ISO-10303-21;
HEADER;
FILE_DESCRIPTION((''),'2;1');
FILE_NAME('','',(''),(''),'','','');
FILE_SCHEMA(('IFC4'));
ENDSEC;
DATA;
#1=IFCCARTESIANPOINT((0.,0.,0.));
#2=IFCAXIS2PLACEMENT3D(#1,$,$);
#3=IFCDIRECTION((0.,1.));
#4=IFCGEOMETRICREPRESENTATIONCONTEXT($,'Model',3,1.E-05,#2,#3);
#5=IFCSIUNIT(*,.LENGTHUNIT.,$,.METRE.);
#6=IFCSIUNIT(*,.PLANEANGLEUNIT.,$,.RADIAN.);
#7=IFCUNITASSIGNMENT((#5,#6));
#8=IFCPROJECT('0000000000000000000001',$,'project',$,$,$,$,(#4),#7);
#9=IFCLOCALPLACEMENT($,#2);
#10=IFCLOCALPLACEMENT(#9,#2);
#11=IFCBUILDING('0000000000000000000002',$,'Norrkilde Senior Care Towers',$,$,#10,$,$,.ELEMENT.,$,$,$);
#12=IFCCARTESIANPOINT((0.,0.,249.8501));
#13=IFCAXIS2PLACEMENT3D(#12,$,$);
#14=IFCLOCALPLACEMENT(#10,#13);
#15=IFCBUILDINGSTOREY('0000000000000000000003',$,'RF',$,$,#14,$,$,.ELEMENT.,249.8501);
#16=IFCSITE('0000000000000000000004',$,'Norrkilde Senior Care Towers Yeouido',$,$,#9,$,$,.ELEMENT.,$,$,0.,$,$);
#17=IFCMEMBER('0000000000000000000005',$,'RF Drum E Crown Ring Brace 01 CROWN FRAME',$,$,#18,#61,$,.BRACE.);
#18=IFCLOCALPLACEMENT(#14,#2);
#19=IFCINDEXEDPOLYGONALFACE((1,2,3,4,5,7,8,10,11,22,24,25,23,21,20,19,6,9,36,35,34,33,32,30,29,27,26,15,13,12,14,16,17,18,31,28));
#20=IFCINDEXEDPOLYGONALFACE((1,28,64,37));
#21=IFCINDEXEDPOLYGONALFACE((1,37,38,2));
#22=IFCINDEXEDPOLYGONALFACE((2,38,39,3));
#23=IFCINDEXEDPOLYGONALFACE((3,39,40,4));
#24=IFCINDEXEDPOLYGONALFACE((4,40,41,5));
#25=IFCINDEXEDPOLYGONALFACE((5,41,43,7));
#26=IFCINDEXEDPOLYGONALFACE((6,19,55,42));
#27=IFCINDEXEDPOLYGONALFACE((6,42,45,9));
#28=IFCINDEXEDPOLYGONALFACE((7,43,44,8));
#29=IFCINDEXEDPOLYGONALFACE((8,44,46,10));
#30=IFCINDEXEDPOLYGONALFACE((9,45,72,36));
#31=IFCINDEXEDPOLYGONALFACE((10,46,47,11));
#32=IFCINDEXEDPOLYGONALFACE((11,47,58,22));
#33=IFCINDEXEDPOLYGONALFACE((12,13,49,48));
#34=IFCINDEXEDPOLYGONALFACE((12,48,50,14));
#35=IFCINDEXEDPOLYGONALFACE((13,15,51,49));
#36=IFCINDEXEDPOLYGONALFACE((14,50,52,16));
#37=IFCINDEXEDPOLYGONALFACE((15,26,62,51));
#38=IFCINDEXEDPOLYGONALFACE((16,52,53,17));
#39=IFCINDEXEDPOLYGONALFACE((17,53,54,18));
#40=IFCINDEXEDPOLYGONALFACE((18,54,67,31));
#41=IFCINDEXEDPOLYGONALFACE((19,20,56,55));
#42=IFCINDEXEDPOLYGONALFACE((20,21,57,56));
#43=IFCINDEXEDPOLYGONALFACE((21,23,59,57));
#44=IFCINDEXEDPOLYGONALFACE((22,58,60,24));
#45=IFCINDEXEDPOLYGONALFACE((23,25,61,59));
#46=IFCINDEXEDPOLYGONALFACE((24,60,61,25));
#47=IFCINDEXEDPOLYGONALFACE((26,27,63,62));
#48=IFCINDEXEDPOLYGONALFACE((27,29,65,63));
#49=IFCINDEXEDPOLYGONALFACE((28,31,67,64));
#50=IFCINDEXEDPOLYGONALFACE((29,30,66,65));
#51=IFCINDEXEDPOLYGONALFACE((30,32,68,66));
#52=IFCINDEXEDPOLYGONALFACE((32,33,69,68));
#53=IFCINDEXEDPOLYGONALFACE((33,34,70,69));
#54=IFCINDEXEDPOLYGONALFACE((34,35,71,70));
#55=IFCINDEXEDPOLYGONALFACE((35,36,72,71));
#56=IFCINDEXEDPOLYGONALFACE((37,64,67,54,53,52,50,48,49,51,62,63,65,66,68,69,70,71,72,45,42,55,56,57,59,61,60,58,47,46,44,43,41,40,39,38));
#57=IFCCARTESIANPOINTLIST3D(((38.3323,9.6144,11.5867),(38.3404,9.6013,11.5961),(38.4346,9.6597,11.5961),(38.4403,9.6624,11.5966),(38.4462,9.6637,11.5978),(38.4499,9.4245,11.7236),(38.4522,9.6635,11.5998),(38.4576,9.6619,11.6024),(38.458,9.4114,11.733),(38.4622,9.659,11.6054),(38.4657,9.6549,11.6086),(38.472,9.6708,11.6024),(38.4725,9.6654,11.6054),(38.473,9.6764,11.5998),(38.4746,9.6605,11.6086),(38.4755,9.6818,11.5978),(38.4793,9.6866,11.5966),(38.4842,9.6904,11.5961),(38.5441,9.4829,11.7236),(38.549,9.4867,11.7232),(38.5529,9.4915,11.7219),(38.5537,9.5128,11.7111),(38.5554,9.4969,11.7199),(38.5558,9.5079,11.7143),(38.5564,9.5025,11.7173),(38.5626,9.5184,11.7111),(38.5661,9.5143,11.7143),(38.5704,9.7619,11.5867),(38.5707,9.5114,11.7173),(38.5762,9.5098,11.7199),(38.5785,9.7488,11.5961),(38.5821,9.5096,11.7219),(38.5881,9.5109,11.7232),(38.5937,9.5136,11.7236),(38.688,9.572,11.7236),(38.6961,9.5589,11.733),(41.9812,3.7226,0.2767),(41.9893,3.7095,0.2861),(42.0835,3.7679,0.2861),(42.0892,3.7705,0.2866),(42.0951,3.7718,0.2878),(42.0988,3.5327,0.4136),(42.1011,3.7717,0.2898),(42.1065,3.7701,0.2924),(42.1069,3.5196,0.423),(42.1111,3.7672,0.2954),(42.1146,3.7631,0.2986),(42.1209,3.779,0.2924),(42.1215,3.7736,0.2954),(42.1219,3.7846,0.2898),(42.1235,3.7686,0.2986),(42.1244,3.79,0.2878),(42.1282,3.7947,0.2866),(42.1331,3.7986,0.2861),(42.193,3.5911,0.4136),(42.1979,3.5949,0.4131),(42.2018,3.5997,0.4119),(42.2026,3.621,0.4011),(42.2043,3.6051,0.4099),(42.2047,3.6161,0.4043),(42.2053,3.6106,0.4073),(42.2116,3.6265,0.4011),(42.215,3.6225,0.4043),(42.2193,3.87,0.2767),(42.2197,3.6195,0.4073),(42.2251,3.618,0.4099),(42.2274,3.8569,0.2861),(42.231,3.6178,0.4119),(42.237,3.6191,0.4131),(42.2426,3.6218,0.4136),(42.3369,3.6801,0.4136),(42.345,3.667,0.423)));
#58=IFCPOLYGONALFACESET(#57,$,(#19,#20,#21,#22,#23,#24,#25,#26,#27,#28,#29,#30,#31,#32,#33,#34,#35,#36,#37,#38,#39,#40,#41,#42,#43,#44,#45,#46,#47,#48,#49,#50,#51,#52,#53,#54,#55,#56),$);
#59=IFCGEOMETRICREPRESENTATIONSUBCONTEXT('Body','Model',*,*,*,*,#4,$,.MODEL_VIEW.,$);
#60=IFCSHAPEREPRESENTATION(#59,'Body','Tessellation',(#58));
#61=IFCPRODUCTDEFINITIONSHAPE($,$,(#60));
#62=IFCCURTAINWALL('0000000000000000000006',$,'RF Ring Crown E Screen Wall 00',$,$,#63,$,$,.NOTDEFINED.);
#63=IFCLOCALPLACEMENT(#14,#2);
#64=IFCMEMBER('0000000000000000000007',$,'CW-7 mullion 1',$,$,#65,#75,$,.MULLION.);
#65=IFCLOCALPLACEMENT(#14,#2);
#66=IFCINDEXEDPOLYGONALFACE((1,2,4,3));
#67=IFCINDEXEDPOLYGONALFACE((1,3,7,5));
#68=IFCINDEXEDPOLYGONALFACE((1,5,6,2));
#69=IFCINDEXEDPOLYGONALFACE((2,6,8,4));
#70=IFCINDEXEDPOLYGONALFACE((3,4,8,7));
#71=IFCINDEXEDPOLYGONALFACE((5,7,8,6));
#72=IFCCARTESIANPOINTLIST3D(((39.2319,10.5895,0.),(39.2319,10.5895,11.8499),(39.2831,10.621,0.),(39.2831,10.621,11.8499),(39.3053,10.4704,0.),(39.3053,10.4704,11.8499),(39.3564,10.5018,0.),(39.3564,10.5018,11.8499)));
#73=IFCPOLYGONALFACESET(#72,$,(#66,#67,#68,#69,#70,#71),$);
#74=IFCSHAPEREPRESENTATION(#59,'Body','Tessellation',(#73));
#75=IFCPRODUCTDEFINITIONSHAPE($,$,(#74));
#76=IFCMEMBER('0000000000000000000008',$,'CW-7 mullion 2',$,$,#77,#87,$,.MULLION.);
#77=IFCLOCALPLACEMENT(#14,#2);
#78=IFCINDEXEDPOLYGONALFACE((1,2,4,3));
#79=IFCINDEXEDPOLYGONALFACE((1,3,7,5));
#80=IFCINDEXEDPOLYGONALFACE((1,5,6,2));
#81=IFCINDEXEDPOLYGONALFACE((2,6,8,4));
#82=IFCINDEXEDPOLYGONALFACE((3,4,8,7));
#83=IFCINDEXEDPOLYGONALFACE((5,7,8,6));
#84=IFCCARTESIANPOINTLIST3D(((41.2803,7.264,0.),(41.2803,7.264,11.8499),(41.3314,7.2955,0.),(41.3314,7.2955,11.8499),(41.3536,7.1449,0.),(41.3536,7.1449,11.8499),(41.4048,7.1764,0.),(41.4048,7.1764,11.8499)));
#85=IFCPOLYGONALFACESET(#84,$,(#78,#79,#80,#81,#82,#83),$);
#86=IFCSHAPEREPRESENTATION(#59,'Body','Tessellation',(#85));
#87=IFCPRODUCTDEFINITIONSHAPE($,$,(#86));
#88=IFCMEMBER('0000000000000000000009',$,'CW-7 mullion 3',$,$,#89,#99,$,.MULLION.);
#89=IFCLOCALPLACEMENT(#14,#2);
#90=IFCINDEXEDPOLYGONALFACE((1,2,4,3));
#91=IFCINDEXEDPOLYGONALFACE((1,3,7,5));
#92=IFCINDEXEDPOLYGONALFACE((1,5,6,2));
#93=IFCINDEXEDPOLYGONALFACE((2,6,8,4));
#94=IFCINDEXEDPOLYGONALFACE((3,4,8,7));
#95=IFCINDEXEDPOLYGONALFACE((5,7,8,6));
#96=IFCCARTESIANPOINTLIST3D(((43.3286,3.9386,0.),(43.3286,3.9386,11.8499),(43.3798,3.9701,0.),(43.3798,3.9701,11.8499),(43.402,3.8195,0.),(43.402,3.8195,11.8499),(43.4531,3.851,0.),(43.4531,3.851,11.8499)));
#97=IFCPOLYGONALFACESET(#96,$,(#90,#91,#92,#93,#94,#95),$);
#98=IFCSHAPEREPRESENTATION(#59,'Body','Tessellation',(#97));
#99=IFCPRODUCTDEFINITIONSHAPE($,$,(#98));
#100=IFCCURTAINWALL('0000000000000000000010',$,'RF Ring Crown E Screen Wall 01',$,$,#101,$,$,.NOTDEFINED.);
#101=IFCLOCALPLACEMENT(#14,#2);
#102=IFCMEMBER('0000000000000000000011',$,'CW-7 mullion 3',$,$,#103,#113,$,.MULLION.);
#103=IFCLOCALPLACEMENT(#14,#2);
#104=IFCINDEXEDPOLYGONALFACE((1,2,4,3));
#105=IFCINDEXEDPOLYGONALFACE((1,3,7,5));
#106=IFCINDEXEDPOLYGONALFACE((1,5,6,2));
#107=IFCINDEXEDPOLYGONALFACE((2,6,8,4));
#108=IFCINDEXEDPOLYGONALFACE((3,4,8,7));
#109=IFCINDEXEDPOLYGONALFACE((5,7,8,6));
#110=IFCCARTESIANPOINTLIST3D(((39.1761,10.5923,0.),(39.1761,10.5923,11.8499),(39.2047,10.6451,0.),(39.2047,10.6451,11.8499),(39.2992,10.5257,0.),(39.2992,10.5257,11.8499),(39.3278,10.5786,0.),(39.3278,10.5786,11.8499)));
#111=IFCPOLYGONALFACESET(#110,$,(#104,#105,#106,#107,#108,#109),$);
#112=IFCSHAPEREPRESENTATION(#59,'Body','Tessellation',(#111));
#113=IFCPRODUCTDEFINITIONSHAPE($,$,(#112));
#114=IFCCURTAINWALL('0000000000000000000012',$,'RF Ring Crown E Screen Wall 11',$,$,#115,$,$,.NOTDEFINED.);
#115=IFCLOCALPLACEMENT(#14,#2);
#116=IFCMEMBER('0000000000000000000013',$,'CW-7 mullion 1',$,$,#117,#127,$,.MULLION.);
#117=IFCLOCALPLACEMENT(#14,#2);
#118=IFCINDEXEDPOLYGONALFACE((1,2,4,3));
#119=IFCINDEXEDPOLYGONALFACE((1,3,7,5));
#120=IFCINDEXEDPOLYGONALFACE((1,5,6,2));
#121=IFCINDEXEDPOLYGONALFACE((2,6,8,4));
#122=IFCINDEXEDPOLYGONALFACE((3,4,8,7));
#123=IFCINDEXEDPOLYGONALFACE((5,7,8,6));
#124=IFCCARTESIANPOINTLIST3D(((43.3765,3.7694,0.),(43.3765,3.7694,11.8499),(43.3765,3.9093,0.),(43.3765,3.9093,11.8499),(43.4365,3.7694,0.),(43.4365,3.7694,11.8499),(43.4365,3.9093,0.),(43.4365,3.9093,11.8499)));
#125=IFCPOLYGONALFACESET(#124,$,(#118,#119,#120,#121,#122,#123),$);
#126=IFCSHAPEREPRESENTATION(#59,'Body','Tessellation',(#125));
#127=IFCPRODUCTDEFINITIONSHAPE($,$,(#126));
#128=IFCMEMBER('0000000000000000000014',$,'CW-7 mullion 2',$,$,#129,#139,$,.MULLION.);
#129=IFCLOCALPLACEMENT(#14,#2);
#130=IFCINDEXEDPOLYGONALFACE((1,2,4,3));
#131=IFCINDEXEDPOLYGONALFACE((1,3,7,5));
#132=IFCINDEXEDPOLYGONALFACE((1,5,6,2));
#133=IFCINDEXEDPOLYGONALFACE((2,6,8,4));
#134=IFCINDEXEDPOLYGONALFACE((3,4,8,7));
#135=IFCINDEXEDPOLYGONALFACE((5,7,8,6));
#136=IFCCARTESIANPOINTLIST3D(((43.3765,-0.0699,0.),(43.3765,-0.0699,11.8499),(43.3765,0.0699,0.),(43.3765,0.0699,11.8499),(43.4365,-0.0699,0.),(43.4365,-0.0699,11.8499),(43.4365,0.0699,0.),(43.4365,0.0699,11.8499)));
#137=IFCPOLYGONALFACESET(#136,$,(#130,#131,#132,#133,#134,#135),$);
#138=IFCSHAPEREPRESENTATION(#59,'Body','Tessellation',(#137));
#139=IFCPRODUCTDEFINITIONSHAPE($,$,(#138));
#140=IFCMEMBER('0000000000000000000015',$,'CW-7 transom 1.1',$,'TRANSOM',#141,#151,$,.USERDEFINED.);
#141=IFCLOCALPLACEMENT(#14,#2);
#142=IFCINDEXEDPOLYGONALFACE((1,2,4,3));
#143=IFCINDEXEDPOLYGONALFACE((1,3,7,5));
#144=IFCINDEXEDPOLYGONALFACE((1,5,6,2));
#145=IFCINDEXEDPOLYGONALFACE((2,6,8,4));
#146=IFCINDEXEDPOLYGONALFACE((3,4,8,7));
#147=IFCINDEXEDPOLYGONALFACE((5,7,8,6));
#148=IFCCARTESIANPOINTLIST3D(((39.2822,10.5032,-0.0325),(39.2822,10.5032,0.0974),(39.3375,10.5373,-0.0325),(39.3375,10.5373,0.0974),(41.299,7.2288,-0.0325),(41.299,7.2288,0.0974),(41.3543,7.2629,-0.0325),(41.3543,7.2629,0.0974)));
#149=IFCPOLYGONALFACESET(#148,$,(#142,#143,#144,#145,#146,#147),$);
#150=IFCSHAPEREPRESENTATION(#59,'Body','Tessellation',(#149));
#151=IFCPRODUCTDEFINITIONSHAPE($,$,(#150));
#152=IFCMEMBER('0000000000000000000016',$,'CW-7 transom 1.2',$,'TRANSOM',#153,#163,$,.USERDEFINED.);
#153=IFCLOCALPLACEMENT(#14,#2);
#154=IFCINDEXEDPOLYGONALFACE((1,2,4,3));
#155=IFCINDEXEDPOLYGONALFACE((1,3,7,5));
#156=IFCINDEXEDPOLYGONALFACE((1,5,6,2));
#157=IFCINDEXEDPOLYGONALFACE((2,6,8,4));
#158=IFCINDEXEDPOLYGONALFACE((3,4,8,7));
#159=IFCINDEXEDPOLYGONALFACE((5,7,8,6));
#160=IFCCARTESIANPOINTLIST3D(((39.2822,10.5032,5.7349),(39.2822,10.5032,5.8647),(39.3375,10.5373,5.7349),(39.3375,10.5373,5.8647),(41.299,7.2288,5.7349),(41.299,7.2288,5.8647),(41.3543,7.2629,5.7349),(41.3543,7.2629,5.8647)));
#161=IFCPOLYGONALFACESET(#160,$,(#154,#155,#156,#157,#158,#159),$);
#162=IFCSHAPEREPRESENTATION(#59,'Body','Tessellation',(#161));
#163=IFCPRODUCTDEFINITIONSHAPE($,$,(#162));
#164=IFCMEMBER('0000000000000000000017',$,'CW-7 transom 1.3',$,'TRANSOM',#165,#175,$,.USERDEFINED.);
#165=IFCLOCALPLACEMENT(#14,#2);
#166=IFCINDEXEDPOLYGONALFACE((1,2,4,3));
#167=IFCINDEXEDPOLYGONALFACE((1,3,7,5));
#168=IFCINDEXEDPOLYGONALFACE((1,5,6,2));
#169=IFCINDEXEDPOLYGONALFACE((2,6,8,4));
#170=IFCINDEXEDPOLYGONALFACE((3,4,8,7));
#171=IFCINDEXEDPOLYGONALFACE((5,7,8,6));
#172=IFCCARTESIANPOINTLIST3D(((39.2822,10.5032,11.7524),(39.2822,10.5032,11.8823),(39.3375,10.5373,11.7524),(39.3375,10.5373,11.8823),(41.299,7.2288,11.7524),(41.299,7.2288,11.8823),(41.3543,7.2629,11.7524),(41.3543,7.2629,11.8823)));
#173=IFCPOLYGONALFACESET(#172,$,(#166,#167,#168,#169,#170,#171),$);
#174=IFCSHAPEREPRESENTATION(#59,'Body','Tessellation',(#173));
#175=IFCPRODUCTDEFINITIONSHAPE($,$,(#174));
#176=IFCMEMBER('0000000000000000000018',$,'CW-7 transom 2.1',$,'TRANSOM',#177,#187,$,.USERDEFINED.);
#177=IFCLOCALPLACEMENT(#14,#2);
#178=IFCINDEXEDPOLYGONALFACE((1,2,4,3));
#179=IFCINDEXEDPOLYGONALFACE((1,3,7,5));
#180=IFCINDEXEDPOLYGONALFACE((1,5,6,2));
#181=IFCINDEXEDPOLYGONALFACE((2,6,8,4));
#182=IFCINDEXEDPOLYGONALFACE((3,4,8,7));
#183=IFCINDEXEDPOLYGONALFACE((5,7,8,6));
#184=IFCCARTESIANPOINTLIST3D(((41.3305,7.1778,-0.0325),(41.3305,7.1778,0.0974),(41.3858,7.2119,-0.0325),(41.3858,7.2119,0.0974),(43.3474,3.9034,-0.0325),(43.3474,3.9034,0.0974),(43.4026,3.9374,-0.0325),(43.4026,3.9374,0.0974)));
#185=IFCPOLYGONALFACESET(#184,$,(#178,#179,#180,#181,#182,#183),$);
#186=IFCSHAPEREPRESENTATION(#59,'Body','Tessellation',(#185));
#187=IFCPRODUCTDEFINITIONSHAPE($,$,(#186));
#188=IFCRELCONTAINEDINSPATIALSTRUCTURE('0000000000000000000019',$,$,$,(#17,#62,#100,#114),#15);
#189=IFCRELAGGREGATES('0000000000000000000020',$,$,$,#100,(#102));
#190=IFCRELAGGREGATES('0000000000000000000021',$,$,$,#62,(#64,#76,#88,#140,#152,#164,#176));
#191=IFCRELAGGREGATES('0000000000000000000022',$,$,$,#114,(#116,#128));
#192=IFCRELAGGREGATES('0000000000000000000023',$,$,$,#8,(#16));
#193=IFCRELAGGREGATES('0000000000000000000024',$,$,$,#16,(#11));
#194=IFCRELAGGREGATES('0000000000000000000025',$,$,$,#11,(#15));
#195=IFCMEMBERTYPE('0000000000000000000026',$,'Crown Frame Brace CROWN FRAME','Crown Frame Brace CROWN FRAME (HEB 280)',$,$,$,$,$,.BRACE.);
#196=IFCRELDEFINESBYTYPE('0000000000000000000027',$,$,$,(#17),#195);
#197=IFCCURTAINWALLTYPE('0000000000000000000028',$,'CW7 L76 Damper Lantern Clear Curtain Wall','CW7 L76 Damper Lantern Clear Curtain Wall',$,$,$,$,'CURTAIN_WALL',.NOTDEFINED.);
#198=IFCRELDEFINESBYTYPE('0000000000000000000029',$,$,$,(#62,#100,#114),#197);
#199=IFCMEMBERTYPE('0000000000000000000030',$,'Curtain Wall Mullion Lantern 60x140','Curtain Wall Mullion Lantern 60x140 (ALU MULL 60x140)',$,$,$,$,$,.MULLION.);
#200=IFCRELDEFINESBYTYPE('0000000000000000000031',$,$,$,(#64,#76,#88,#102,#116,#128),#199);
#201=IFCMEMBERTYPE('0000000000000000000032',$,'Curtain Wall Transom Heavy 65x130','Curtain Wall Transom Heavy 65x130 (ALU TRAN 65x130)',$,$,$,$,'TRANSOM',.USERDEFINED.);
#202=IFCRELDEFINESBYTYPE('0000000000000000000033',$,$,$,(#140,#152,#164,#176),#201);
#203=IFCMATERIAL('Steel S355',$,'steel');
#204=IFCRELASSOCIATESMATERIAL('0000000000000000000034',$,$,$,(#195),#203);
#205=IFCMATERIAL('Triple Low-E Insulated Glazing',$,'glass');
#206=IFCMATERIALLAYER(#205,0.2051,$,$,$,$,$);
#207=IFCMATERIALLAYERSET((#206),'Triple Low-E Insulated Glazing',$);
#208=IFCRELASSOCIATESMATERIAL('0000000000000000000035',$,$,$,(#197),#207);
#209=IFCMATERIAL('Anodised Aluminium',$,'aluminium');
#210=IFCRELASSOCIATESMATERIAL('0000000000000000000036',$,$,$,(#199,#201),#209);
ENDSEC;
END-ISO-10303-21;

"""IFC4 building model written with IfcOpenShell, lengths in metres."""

from ifc_helpers import new_model, si_unit, direction, frame, origin, origin_2d, place, context, subcontext, project, spatial, rectangle, i_section, extrude, source, transform, mapped, material, layer, layer_set, material_profile, profile_set, type_object, type_shapes, element, aggregate, save


model = new_model("IFC4")

# Units and contexts
model_context = context("Model", 3, precision=1e-05, world=origin(), true_north=direction((0.0, 1.0)))
body_context = subcontext(model_context, "Body", "Model", "MODEL_VIEW")
ifc_project = project(units=[si_unit("LENGTHUNIT", "METRE"), si_unit("PLANEANGLEUNIT", "RADIAN")], contexts=[model_context])

# Site, building, storey
site_placement = place(None, origin())
site = spatial("IfcSite", under=ifc_project, at=site_placement, Name="Norrkilde Senior Care Towers Yeouido", CompositionType="ELEMENT", RefElevation=0.0)
building_placement = place(site_placement, origin())
building = spatial("IfcBuilding", under=site, at=building_placement, Name="Norrkilde Senior Care Towers", CompositionType="ELEMENT")
storey_placement = place(building_placement, frame((0.0, 0.0, 249.8501)))
storey = spatial("IfcBuildingStorey", under=building, at=storey_placement, Name="RF", CompositionType="ELEMENT", Elevation=249.8501)

# Shared definitions
ifc_material_1 = material(Name="Steel S355", Category="steel")

# Member
ifc_material_profile_1 = material_profile(ifc_material_1, i_section(OverallWidth=0.28, OverallDepth=0.28, WebThickness=0.0105, FlangeThickness=0.0181, FilletRadius=0.0239, at=origin_2d()), Name="HEB 280")
ifc_profile_set_1 = profile_set([ifc_material_profile_1], Name="Steel S355")
member_type_1 = type_object("IfcMemberType", Name="Crown Frame Brace CROWN FRAME", Description="Crown Frame Brace CROWN FRAME (HEB 280)", PredefinedType="BRACE", material=ifc_profile_set_1)
shared_shape_1 = source(origin(), body_context, "Body", "SweptSolid", [
    extrude(i_section(OverallWidth=0.28, OverallDepth=0.28, WebThickness=0.0105, FlangeThickness=0.0181, FilletRadius=0.0239, at=origin_2d()), origin(), (0.0, 0.0, 1.0), 13.2644),
])
type_shapes(member_type_1, [shared_shape_1])
member_1_placement = place(storey_placement, frame((42.1631, 3.6948, 0.3499), z_axis=(-0.27509, 0.444183, 0.852659), x_axis=(-0.850162, -0.526521, 0.0)))
element("IfcMember", 1, at=member_1_placement, inside=storey, type_object=member_type_1, Name="RF Drum E Crown Ring Brace 01 CROWN FRAME", PredefinedType="BRACE", context=body_context, shape_type="MappedRepresentation", body=[
    mapped(shared_shape_1, transform((0.0, 0.0, 0.0), x_axis=(1.0, 0.0, 0.0), y_axis=(0.0, 1.0, 0.0), z_axis=(0.0, 0.0, 1.0), scale=1.0)),
])

# Curtain wall, members
ifc_material_2 = material(Name="Triple Low-E Insulated Glazing", Category="glass")
ifc_layer_1 = layer(ifc_material_2, 0.2051)
ifc_layer_set_1 = layer_set([ifc_layer_1], Name="Triple Low-E Insulated Glazing")
curtain_wall_type = type_object("IfcCurtainWallType", Name="CW7 L76 Damper Lantern Clear Curtain Wall", Description="CW7 L76 Damper Lantern Clear Curtain Wall", ElementType="CURTAIN_WALL", PredefinedType="NOTDEFINED", material=ifc_layer_set_1)
curtain_wall_1_placement = place(storey_placement, origin())
curtain_wall_1 = element("IfcCurtainWall", 2, at=curtain_wall_1_placement, inside=storey, type_object=curtain_wall_type, Name="RF Ring Crown E Screen Wall 00", PredefinedType="NOTDEFINED")
ifc_material_3 = material(Name="Anodised Aluminium", Category="aluminium")
ifc_material_profile_2 = material_profile(ifc_material_3, rectangle(XDim=0.0601, YDim=0.1399, at=origin_2d()), Name="ALU MULL 60x140")
ifc_profile_set_2 = profile_set([ifc_material_profile_2], Name="Anodised Aluminium")
member_type_2 = type_object("IfcMemberType", Name="Curtain Wall Mullion Lantern 60x140", Description="Curtain Wall Mullion Lantern 60x140 (ALU MULL 60x140)", PredefinedType="MULLION", material=ifc_profile_set_2)
shared_shape_2 = source(origin(), body_context, "Body", "SweptSolid", [
    extrude(rectangle(XDim=0.0601, YDim=0.1399, at=origin_2d()), origin(), (0.0, 0.0, 1.0), 11.8499),
])
type_shapes(member_type_2, [shared_shape_2])
member_2_placement = place(storey_placement, frame((39.2942, 10.5457, 0.0), z_axis=(0.0, 0.0, 1.0), x_axis=(0.851436, 0.524458, 0.0)))
member_2 = element("IfcMember", 3, at=member_2_placement, type_object=member_type_2, Name="CW-7 mullion 1", PredefinedType="MULLION", context=body_context, shape_type="MappedRepresentation", body=[
    mapped(shared_shape_2, transform((0.0, 0.0, 0.0), x_axis=(1.0, 0.0, 0.0), y_axis=(0.0, 1.0, 0.0), z_axis=(0.0, 0.0, 1.0), scale=1.0)),
])
member_3_placement = place(storey_placement, frame((41.3425, 7.2202, 0.0), z_axis=(0.0, 0.0, 1.0), x_axis=(0.851436, 0.524458, 0.0)))
member_3 = element("IfcMember", 4, at=member_3_placement, type_object=member_type_2, Name="CW-7 mullion 2", PredefinedType="MULLION", context=body_context, shape_type="MappedRepresentation", body=[
    mapped(shared_shape_2, transform((0.0, 0.0, 0.0), x_axis=(1.0, 0.0, 0.0), y_axis=(0.0, 1.0, 0.0), z_axis=(0.0, 0.0, 1.0), scale=1.0)),
])
member_4_placement = place(storey_placement, frame((43.3909, 3.8948, 0.0), z_axis=(0.0, 0.0, 1.0), x_axis=(0.851436, 0.524458, 0.0)))
member_4 = element("IfcMember", 5, at=member_4_placement, type_object=member_type_2, Name="CW-7 mullion 3", PredefinedType="MULLION", context=body_context, shape_type="MappedRepresentation", body=[
    mapped(shared_shape_2, transform((0.0, 0.0, 0.0), x_axis=(1.0, 0.0, 0.0), y_axis=(0.0, 1.0, 0.0), z_axis=(0.0, 0.0, 1.0), scale=1.0)),
])

# Curtain wall, member
curtain_wall_2_placement = place(storey_placement, origin())
curtain_wall_2 = element("IfcCurtainWall", 6, at=curtain_wall_2_placement, inside=storey, type_object=curtain_wall_type, Name="RF Ring Crown E Screen Wall 01", PredefinedType="NOTDEFINED")
member_5_placement = place(storey_placement, frame((39.252, 10.5854, 0.0), z_axis=(0.0, 0.0, 1.0), x_axis=(0.475934, 0.879481, 0.0)))
member_5 = element("IfcMember", 7, at=member_5_placement, type_object=member_type_2, Name="CW-7 mullion 3", PredefinedType="MULLION", context=body_context, shape_type="MappedRepresentation", body=[
    mapped(shared_shape_2, transform((0.0, 0.0, 0.0), x_axis=(1.0, 0.0, 0.0), y_axis=(0.0, 1.0, 0.0), z_axis=(0.0, 0.0, 1.0), scale=1.0)),
])
aggregate(curtain_wall_2, [member_5])

# Curtain wall, members
curtain_wall_3_placement = place(storey_placement, origin())
curtain_wall_3 = element("IfcCurtainWall", 8, at=curtain_wall_3_placement, inside=storey, type_object=curtain_wall_type, Name="RF Ring Crown E Screen Wall 11", PredefinedType="NOTDEFINED")
member_6_placement = place(storey_placement, frame((43.4065, 3.8394, 0.0), z_axis=(0.0, 0.0, 1.0), x_axis=(1.0, 0.0, 0.0)))
member_6 = element("IfcMember", 9, at=member_6_placement, type_object=member_type_2, Name="CW-7 mullion 1", PredefinedType="MULLION", context=body_context, shape_type="MappedRepresentation", body=[
    mapped(shared_shape_2, transform((0.0, 0.0, 0.0), x_axis=(1.0, 0.0, 0.0), y_axis=(0.0, 1.0, 0.0), z_axis=(0.0, 0.0, 1.0), scale=1.0)),
])
member_7_placement = place(storey_placement, frame((43.4065, 0.0, 0.0), z_axis=(0.0, 0.0, 1.0), x_axis=(1.0, 0.0, 0.0)))
member_7 = element("IfcMember", 10, at=member_7_placement, type_object=member_type_2, Name="CW-7 mullion 2", PredefinedType="MULLION", context=body_context, shape_type="MappedRepresentation", body=[
    mapped(shared_shape_2, transform((0.0, 0.0, 0.0), x_axis=(1.0, 0.0, 0.0), y_axis=(0.0, 1.0, 0.0), z_axis=(0.0, 0.0, 1.0), scale=1.0)),
])

# Members
ifc_material_profile_3 = material_profile(ifc_material_3, rectangle(XDim=0.0649, YDim=0.1299, at=origin_2d()), Name="ALU TRAN 65x130")
ifc_profile_set_3 = profile_set([ifc_material_profile_3], Name="Anodised Aluminium")
member_type_3 = type_object("IfcMemberType", Name="Curtain Wall Transom Heavy 65x130", Description="Curtain Wall Transom Heavy 65x130 (ALU TRAN 65x130)", ElementType="TRANSOM", PredefinedType="USERDEFINED", material=ifc_profile_set_3)
shared_shape_3 = source(origin(), body_context, "Body", "SweptSolid", [
    extrude(rectangle(XDim=0.0649, YDim=0.1299, at=origin_2d()), origin(), (0.0, 0.0, 1.0), 3.8457),
])
member_8_placement = place(storey_placement, frame((39.3098, 10.5203, 0.0325), z_axis=(0.524441, -0.851447, 0.0), x_axis=(0.851447, 0.524441, 0.0)))
member_8 = element("IfcMember", 11, at=member_8_placement, type_object=member_type_3, Name="CW-7 transom 1.1", ObjectType="TRANSOM", PredefinedType="USERDEFINED", context=body_context, shape_type="MappedRepresentation", body=[
    mapped(shared_shape_3, transform((0.0, 0.0, 0.0), x_axis=(1.0, 0.0, 0.0), y_axis=(0.0, 1.0, 0.0), z_axis=(0.0, 0.0, 1.0), scale=1.0)),
])
member_9_placement = place(storey_placement, frame((39.3098, 10.5203, 5.7998), z_axis=(0.524441, -0.851447, 0.0), x_axis=(0.851447, 0.524441, 0.0)))
member_9 = element("IfcMember", 12, at=member_9_placement, type_object=member_type_3, Name="CW-7 transom 1.2", ObjectType="TRANSOM", PredefinedType="USERDEFINED", context=body_context, shape_type="MappedRepresentation", body=[
    mapped(shared_shape_3, transform((0.0, 0.0, 0.0), x_axis=(1.0, 0.0, 0.0), y_axis=(0.0, 1.0, 0.0), z_axis=(0.0, 0.0, 1.0), scale=1.0)),
])
member_10_placement = place(storey_placement, frame((39.3098, 10.5203, 11.8174), z_axis=(0.524441, -0.851447, 0.0), x_axis=(0.851447, 0.524441, 0.0)))
member_10 = element("IfcMember", 13, at=member_10_placement, type_object=member_type_3, Name="CW-7 transom 1.3", ObjectType="TRANSOM", PredefinedType="USERDEFINED", context=body_context, shape_type="MappedRepresentation", body=[
    mapped(shared_shape_3, transform((0.0, 0.0, 0.0), x_axis=(1.0, 0.0, 0.0), y_axis=(0.0, 1.0, 0.0), z_axis=(0.0, 0.0, 1.0), scale=1.0)),
])
member_11_placement = place(storey_placement, frame((41.3582, 7.1948, 0.0325), z_axis=(0.524441, -0.851447, 0.0), x_axis=(0.851447, 0.524441, 0.0)))
member_11 = element("IfcMember", 14, at=member_11_placement, type_object=member_type_3, Name="CW-7 transom 2.1", ObjectType="TRANSOM", PredefinedType="USERDEFINED", context=body_context, shape_type="MappedRepresentation", body=[
    mapped(shared_shape_3, transform((0.0, 0.0, 0.0), x_axis=(1.0, 0.0, 0.0), y_axis=(0.0, 1.0, 0.0), z_axis=(0.0, 0.0, 1.0), scale=1.0)),
])

aggregate(curtain_wall_1, [member_2, member_3, member_4, member_8, member_9, member_10, member_11])
aggregate(curtain_wall_3, [member_6, member_7])

save(model, "model.ifc")
